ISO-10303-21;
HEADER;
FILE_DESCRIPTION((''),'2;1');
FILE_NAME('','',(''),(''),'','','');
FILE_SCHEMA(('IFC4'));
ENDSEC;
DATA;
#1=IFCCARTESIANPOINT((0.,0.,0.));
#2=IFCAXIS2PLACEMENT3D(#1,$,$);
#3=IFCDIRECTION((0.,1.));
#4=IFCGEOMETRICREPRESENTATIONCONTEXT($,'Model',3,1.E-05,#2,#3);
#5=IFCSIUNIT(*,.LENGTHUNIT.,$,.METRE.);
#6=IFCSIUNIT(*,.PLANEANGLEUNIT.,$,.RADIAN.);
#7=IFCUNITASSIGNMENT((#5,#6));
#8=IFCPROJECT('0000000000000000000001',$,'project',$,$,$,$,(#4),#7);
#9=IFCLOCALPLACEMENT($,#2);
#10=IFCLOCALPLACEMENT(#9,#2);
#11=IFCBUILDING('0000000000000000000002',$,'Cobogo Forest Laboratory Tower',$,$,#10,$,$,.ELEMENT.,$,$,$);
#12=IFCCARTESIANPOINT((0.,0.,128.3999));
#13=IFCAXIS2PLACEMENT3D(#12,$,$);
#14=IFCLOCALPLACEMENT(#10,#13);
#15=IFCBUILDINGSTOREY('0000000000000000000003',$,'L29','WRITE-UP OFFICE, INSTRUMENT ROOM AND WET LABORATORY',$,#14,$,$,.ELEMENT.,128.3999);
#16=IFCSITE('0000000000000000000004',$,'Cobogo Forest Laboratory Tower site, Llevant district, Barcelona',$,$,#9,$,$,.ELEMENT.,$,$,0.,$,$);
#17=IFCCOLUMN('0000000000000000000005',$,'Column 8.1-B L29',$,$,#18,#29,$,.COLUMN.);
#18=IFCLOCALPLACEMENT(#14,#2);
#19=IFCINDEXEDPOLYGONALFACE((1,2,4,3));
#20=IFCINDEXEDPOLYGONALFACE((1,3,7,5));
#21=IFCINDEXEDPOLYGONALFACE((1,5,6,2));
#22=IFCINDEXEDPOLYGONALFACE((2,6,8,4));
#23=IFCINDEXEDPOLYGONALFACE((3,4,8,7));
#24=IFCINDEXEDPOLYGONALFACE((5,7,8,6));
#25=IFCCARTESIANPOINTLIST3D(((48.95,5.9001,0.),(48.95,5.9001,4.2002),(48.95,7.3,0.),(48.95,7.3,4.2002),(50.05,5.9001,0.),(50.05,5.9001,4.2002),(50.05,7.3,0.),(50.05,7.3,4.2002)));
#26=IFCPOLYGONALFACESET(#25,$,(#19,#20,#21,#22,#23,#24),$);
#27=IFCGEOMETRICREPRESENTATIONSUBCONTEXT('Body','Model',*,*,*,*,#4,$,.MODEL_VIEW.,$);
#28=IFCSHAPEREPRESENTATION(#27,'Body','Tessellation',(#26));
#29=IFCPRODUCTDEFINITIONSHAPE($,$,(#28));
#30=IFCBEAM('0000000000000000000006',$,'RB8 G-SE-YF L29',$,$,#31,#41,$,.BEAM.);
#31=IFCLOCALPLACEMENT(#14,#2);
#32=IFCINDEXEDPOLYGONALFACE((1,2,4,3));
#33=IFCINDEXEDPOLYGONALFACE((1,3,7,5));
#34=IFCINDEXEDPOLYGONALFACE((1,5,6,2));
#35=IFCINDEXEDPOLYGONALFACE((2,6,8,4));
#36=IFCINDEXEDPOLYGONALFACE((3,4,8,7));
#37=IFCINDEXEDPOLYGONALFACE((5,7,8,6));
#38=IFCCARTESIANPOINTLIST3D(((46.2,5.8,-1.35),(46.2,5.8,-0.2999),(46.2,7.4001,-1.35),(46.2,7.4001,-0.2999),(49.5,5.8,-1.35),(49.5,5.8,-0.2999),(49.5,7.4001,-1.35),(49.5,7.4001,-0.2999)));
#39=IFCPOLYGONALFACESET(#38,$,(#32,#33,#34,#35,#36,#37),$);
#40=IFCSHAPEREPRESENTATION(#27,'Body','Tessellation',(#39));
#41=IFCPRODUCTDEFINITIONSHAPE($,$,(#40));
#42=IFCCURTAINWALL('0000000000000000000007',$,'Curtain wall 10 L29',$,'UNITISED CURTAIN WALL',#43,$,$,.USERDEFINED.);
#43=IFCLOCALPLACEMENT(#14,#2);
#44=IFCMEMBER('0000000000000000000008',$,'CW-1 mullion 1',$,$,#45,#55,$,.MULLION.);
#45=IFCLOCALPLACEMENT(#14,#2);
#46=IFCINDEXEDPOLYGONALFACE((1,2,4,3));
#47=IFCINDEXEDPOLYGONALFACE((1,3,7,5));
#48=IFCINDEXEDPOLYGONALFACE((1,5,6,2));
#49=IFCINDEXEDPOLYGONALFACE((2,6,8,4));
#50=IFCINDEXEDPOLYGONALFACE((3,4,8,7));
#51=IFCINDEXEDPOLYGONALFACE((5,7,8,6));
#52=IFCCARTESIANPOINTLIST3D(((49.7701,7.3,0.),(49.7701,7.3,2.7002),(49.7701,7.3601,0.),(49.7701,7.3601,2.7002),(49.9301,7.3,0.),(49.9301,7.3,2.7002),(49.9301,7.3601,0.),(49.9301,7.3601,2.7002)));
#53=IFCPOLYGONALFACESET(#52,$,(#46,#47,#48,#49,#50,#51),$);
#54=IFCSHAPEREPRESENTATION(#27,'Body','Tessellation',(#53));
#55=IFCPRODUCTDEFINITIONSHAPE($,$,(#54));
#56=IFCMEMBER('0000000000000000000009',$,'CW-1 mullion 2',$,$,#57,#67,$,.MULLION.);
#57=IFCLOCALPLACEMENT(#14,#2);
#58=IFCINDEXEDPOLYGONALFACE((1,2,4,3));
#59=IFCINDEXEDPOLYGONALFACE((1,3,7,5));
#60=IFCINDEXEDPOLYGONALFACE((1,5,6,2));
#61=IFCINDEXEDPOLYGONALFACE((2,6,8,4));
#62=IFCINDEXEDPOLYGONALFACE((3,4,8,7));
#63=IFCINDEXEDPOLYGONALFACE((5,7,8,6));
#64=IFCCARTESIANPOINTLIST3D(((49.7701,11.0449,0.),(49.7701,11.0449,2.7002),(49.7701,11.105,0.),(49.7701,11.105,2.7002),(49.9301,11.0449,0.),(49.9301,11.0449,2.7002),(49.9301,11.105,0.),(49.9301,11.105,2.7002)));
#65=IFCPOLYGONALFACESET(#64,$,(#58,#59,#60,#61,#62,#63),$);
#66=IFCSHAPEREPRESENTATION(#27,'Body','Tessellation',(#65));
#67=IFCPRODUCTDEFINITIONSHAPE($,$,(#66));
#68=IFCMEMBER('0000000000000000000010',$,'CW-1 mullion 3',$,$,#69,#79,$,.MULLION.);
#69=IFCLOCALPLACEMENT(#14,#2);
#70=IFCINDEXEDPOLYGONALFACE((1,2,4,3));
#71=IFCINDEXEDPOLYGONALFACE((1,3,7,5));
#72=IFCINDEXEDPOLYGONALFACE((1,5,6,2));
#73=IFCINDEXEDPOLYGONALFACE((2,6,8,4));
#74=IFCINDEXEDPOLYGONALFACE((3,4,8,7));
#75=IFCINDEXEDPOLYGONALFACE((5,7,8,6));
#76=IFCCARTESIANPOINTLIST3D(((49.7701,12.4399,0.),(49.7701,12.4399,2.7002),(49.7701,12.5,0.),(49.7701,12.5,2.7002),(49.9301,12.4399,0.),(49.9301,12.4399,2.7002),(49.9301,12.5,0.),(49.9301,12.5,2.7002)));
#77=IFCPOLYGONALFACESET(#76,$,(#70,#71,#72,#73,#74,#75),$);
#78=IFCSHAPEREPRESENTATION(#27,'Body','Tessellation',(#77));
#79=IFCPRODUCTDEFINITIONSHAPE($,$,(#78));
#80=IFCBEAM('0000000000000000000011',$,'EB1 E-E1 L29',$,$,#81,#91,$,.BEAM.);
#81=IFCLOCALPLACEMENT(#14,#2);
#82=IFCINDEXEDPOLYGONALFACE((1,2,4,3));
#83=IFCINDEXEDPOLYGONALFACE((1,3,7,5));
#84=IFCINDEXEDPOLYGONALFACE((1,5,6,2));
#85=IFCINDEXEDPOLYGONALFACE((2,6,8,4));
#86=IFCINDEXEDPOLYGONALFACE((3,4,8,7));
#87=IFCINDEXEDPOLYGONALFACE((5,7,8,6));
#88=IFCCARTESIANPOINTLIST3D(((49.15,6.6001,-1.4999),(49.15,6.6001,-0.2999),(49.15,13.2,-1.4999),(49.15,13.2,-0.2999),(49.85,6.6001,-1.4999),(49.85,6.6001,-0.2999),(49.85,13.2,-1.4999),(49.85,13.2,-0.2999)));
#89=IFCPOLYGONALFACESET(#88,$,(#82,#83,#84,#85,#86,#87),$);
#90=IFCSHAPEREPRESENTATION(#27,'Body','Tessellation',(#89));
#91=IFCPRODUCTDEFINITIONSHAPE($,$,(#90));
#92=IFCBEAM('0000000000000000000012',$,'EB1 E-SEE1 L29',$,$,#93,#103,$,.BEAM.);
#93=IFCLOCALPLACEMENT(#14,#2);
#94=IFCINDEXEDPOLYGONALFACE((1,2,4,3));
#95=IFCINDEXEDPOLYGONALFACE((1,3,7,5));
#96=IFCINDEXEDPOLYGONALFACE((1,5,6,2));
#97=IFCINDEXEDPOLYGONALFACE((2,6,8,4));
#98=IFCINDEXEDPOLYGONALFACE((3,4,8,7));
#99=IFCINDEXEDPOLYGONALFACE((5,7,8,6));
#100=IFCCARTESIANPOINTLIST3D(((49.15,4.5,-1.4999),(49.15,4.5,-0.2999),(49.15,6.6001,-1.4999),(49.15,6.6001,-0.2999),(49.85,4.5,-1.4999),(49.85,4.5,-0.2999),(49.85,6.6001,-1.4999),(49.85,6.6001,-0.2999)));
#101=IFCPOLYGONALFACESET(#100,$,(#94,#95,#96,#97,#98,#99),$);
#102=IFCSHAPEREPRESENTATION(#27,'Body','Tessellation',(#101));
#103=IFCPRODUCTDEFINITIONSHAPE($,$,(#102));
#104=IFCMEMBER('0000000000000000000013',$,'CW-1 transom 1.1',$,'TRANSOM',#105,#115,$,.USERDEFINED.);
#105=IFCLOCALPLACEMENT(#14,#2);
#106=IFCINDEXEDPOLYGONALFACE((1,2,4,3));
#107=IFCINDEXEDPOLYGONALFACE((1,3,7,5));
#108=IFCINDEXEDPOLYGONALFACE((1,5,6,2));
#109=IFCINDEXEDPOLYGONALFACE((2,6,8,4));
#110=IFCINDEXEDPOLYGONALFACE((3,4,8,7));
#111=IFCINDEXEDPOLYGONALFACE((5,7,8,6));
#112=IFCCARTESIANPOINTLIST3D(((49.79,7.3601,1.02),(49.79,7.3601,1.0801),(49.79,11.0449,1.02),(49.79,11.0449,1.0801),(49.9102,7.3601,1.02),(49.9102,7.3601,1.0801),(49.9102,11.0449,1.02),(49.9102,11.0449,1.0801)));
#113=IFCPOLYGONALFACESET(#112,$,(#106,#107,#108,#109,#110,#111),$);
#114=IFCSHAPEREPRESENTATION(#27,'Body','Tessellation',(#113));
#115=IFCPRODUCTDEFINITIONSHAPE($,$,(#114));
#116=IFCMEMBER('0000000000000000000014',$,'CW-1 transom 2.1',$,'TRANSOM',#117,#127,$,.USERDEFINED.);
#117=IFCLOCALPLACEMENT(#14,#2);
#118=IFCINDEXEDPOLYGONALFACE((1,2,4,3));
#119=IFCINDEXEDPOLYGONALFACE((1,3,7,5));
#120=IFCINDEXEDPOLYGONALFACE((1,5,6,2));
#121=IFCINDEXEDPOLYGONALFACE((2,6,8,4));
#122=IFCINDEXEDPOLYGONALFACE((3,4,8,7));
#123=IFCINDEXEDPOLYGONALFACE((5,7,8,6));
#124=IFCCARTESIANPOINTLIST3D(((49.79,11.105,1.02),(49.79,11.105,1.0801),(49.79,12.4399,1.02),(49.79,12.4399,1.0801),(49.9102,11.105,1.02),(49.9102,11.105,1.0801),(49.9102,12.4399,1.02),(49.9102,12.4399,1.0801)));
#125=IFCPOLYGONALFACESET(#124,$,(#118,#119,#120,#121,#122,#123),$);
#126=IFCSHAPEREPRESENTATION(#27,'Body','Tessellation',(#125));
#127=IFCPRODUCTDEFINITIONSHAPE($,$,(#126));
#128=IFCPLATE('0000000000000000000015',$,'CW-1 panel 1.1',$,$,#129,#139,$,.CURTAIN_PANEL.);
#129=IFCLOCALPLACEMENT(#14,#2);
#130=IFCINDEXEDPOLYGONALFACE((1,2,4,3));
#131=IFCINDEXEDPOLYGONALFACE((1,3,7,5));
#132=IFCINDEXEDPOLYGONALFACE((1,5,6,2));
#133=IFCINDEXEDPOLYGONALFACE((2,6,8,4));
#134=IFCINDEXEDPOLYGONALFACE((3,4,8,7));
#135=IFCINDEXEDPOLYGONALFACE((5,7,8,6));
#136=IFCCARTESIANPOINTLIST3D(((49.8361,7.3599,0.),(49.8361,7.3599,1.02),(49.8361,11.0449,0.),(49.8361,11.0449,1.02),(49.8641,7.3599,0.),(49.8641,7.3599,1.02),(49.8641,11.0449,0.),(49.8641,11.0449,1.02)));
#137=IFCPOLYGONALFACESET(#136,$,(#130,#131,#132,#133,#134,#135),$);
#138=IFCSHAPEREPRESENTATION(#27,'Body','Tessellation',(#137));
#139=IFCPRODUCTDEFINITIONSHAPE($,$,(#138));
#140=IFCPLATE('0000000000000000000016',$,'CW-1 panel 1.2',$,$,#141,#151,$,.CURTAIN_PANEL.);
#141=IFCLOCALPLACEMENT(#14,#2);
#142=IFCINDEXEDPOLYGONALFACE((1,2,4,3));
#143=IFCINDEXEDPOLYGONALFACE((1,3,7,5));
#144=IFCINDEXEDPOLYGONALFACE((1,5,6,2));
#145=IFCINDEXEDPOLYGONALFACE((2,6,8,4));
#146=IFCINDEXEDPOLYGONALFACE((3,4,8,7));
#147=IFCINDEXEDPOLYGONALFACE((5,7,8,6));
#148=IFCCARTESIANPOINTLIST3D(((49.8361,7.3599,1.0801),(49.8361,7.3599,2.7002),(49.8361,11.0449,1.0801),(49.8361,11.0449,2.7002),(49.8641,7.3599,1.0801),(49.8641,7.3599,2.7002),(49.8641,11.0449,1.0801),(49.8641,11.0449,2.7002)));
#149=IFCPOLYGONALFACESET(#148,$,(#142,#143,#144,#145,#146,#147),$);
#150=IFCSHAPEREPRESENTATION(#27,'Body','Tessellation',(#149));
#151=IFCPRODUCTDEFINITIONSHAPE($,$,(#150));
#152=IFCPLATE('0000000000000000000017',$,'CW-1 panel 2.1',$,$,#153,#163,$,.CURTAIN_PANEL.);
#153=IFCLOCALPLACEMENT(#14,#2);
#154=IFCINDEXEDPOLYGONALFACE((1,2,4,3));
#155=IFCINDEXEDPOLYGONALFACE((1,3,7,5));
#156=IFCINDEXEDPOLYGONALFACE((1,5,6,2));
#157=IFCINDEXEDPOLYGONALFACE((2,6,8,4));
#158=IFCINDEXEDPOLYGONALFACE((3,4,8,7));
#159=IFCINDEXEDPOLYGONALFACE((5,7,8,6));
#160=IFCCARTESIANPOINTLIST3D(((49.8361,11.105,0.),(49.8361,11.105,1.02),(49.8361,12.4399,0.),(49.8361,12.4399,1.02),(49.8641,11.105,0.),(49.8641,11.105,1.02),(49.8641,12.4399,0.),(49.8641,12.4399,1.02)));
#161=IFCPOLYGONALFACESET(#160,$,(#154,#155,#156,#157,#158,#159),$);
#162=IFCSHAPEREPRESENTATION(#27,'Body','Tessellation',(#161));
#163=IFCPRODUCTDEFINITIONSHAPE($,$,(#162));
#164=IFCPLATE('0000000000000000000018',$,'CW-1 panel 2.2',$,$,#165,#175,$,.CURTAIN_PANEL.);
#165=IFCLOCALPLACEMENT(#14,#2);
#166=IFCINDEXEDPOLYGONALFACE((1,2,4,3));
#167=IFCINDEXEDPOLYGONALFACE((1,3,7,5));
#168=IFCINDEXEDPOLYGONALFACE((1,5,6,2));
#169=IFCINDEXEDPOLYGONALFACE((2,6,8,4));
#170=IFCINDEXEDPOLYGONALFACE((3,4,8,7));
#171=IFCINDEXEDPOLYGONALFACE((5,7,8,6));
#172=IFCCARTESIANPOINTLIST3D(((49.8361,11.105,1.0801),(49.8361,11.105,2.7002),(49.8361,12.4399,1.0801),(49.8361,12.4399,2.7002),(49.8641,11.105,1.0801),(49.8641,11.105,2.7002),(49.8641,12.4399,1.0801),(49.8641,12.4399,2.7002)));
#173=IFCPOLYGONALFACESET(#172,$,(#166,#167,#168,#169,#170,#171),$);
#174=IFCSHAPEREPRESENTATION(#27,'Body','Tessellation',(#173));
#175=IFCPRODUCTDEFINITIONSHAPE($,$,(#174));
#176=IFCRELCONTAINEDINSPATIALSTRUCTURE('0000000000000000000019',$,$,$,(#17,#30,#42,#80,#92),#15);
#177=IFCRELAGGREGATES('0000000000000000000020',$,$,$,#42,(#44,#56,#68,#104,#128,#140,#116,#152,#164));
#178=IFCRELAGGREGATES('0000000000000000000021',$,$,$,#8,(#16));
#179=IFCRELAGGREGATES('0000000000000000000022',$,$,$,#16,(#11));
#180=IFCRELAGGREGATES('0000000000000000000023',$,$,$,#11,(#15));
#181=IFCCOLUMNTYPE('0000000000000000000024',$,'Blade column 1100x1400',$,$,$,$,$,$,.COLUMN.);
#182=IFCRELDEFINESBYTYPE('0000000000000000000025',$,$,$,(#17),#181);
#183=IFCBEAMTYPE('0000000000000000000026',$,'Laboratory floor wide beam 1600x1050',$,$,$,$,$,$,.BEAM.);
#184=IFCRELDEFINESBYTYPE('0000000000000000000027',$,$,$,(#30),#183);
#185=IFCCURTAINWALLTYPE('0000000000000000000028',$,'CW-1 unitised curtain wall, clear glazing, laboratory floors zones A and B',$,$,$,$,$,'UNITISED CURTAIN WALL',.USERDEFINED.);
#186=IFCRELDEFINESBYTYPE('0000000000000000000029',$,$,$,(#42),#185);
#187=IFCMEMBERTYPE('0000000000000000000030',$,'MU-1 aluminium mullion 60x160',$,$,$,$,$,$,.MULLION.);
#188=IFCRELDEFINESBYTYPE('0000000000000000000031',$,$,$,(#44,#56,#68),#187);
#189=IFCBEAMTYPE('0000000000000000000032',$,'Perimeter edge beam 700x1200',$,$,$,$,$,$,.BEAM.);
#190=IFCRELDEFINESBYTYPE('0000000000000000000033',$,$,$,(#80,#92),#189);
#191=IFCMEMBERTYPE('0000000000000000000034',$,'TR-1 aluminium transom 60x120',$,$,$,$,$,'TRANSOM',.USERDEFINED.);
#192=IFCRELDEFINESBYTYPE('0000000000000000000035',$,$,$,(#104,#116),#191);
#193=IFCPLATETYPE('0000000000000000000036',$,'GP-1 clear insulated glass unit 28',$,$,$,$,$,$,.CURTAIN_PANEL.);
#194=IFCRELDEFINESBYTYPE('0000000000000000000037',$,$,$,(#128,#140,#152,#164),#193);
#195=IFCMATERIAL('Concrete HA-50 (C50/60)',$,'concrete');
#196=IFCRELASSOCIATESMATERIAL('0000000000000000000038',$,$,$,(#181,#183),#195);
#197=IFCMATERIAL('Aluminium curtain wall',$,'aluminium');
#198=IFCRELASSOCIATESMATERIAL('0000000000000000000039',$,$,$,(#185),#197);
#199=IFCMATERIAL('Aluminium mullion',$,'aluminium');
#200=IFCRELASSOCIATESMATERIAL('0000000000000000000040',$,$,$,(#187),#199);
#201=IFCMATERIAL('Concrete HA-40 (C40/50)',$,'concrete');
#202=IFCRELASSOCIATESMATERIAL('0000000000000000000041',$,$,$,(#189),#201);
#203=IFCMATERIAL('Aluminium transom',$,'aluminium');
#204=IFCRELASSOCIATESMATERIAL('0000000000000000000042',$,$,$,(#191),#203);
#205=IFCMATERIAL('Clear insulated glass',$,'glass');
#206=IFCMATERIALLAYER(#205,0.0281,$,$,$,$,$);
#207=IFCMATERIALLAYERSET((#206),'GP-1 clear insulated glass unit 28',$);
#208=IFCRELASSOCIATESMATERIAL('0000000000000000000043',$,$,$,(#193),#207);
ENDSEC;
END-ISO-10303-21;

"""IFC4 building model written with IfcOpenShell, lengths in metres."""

from ifc_helpers import new_model, si_unit, direction, frame, origin, origin_2d, place, context, subcontext, project, spatial, rectangle, extrude, material, layer, layer_set, material_profile, profile_set, type_object, element, aggregate, save


model = new_model("IFC4")

# Units and contexts
model_context = context("Model", 3, precision=1e-05, world=origin(), true_north=direction((0.0, 1.0)))
body_context = subcontext(model_context, "Body", "Model", "MODEL_VIEW")
ifc_project = project(units=[si_unit("LENGTHUNIT", "METRE"), si_unit("PLANEANGLEUNIT", "RADIAN")], contexts=[model_context])

# Site, building, storey
site_placement = place(None, origin())
site = spatial("IfcSite", under=ifc_project, at=site_placement, Name="Cobogo Forest Laboratory Tower site, Llevant district, Barcelona", CompositionType="ELEMENT", RefElevation=0.0)
building_placement = place(site_placement, origin())
building = spatial("IfcBuilding", under=site, at=building_placement, Name="Cobogo Forest Laboratory Tower", CompositionType="ELEMENT")
storey_placement = place(building_placement, frame((0.0, 0.0, 128.3999)))
storey = spatial("IfcBuildingStorey", under=building, at=storey_placement, Name="L29", Description="WRITE-UP OFFICE, INSTRUMENT ROOM AND WET LABORATORY", CompositionType="ELEMENT", Elevation=128.3999)

# Column
ifc_material_1 = material(Name="Concrete HA-50 (C50/60)", Category="concrete")
ifc_material_profile_1 = material_profile(ifc_material_1, rectangle(XDim=1.3999, YDim=1.1001, at=origin_2d()), Name="RC 1100x1400")
ifc_profile_set_1 = profile_set([ifc_material_profile_1], Name="Concrete HA-50 (C50/60)")
column_type = type_object("IfcColumnType", Name="Blade column 1100x1400", PredefinedType="COLUMN", material=ifc_profile_set_1)
column_placement = place(storey_placement, frame((49.5, 6.6001, 0.0), z_axis=(0.0, 0.0, 1.0), x_axis=(0.0, 1.0, 0.0)))
element("IfcColumn", 1, at=column_placement, inside=storey, type_object=column_type, Name="Column 8.1-B L29", PredefinedType="COLUMN", context=body_context, shape_type="SweptSolid", body=[
    extrude(rectangle(XDim=1.3999, YDim=1.1001, at=origin_2d()), origin(), (0.0, 0.0, 1.0), 4.2002),
])

# Beam
ifc_material_profile_2 = material_profile(ifc_material_1, rectangle(XDim=1.6001, YDim=1.05, at=origin_2d()), Name="RC 1600x1050")
ifc_profile_set_2 = profile_set([ifc_material_profile_2], Name="Concrete HA-50 (C50/60)")
beam_type_1 = type_object("IfcBeamType", Name="Laboratory floor wide beam 1600x1050", PredefinedType="BEAM", material=ifc_profile_set_2)
beam_1_placement = place(storey_placement, frame((49.5, 6.6001, -0.825), z_axis=(-1.0, 0.0, 0.0), x_axis=(0.0, -1.0, 0.0)))
element("IfcBeam", 2, at=beam_1_placement, inside=storey, type_object=beam_type_1, Name="RB8 G-SE-YF L29", PredefinedType="BEAM", context=body_context, shape_type="SweptSolid", body=[
    extrude(rectangle(XDim=1.6001, YDim=1.05, at=origin_2d()), origin(), (0.0, 0.0, 1.0), 3.3),
])

# Curtain wall, members
ifc_material_2 = material(Name="Aluminium curtain wall", Category="aluminium")
curtain_wall_type = type_object("IfcCurtainWallType", Name="CW-1 unitised curtain wall, clear glazing, laboratory floors zones A and B", ElementType="UNITISED CURTAIN WALL", PredefinedType="USERDEFINED", material=ifc_material_2)
curtain_wall_placement = place(storey_placement, origin())
curtain_wall = element("IfcCurtainWall", 3, at=curtain_wall_placement, inside=storey, type_object=curtain_wall_type, Name="Curtain wall 10 L29", ObjectType="UNITISED CURTAIN WALL", PredefinedType="USERDEFINED")
ifc_material_3 = material(Name="Aluminium mullion", Category="aluminium")
ifc_material_profile_3 = material_profile(ifc_material_3, rectangle(XDim=0.0601, YDim=0.1599, at=origin_2d()), Name="AL 60x160")
ifc_profile_set_3 = profile_set([ifc_material_profile_3], Name="Aluminium mullion")
member_type_1 = type_object("IfcMemberType", Name="MU-1 aluminium mullion 60x160", PredefinedType="MULLION", material=ifc_profile_set_3)
member_1_placement = place(storey_placement, frame((49.8501, 7.3301, 0.0), z_axis=(0.0, 0.0, 1.0), x_axis=(0.0, 1.0, 0.0)))
member_1 = element("IfcMember", 4, at=member_1_placement, type_object=member_type_1, Name="CW-1 mullion 1", PredefinedType="MULLION", context=body_context, shape_type="SweptSolid", body=[
    extrude(rectangle(XDim=0.0601, YDim=0.1599, at=origin_2d()), origin(), (0.0, 0.0, 1.0), 2.7002),
])
member_2_placement = place(storey_placement, frame((49.8501, 11.075, 0.0), z_axis=(0.0, 0.0, 1.0), x_axis=(0.0, 1.0, 0.0)))
member_2 = element("IfcMember", 5, at=member_2_placement, type_object=member_type_1, Name="CW-1 mullion 2", PredefinedType="MULLION", context=body_context, shape_type="SweptSolid", body=[
    extrude(rectangle(XDim=0.0601, YDim=0.1599, at=origin_2d()), origin(), (0.0, 0.0, 1.0), 2.7002),
])
member_3_placement = place(storey_placement, frame((49.8501, 12.47, 0.0), z_axis=(0.0, 0.0, 1.0), x_axis=(0.0, 1.0, 0.0)))
member_3 = element("IfcMember", 6, at=member_3_placement, type_object=member_type_1, Name="CW-1 mullion 3", PredefinedType="MULLION", context=body_context, shape_type="SweptSolid", body=[
    extrude(rectangle(XDim=0.0601, YDim=0.1599, at=origin_2d()), origin(), (0.0, 0.0, 1.0), 2.7002),
])

# Beams
ifc_material_4 = material(Name="Concrete HA-40 (C40/50)", Category="concrete")
ifc_material_profile_4 = material_profile(ifc_material_4, rectangle(XDim=0.7, YDim=1.2, at=origin_2d()), Name="RC 700x1200")
ifc_profile_set_4 = profile_set([ifc_material_profile_4], Name="Concrete HA-40 (C40/50)")
beam_type_2 = type_object("IfcBeamType", Name="Perimeter edge beam 700x1200", PredefinedType="BEAM", material=ifc_profile_set_4)
beam_2_placement = place(storey_placement, frame((49.5, 6.6001, -0.8999), z_axis=(0.0, 1.0, 0.0), x_axis=(-1.0, 0.0, 0.0)))
element("IfcBeam", 7, at=beam_2_placement, inside=storey, type_object=beam_type_2, Name="EB1 E-E1 L29", PredefinedType="BEAM", context=body_context, shape_type="SweptSolid", body=[
    extrude(rectangle(XDim=0.7, YDim=1.2, at=origin_2d()), origin(), (0.0, 0.0, 1.0), 6.5999),
])
beam_3_placement = place(storey_placement, frame((49.5, 6.6001, -0.8999), z_axis=(0.0, -1.0, 0.0), x_axis=(1.0, 0.0, 0.0)))
element("IfcBeam", 8, at=beam_3_placement, inside=storey, type_object=beam_type_2, Name="EB1 E-SEE1 L29", PredefinedType="BEAM", context=body_context, shape_type="SweptSolid", body=[
    extrude(rectangle(XDim=0.7, YDim=1.2, at=origin_2d()), origin(), (0.0, 0.0, 1.0), 2.1001),
])

# Members
ifc_material_5 = material(Name="Aluminium transom", Category="aluminium")
ifc_material_profile_5 = material_profile(ifc_material_5, rectangle(XDim=0.1201, YDim=0.0601, at=origin_2d()), Name="AL 60x120")
ifc_profile_set_5 = profile_set([ifc_material_profile_5], Name="Aluminium transom")
member_type_2 = type_object("IfcMemberType", Name="TR-1 aluminium transom 60x120", ElementType="TRANSOM", PredefinedType="USERDEFINED", material=ifc_profile_set_5)
member_4_placement = place(storey_placement, frame((49.8501, 7.3601, 1.05), z_axis=(0.0, 1.0, 0.0), x_axis=(-1.0, 0.0, 0.0)))
member_4 = element("IfcMember", 9, at=member_4_placement, type_object=member_type_2, Name="CW-1 transom 1.1", ObjectType="TRANSOM", PredefinedType="USERDEFINED", context=body_context, shape_type="SweptSolid", body=[
    extrude(rectangle(XDim=0.1201, YDim=0.0601, at=origin_2d()), origin(), (0.0, 0.0, 1.0), 3.6848),
])
member_5_placement = place(storey_placement, frame((49.8501, 11.105, 1.05), z_axis=(0.0, 1.0, 0.0), x_axis=(-1.0, 0.0, 0.0)))
member_5 = element("IfcMember", 10, at=member_5_placement, type_object=member_type_2, Name="CW-1 transom 2.1", ObjectType="TRANSOM", PredefinedType="USERDEFINED", context=body_context, shape_type="SweptSolid", body=[
    extrude(rectangle(XDim=0.1201, YDim=0.0601, at=origin_2d()), origin(), (0.0, 0.0, 1.0), 1.335),
])

# Plates
ifc_material_6 = material(Name="Clear insulated glass", Category="glass")
ifc_layer_1 = layer(ifc_material_6, 0.0281)
ifc_layer_set_1 = layer_set([ifc_layer_1], Name="GP-1 clear insulated glass unit 28")
plate_type_1 = type_object("IfcPlateType", Name="GP-1 clear insulated glass unit 28", PredefinedType="CURTAIN_PANEL", material=ifc_layer_set_1)
plate_1_placement = place(storey_placement, frame((49.8501, 9.2024, 0.0), z_axis=(0.0, 0.0, 1.0), x_axis=(0.0, 1.0, 0.0)))
plate_1 = element("IfcPlate", 11, at=plate_1_placement, type_object=plate_type_1, Name="CW-1 panel 1.1", PredefinedType="CURTAIN_PANEL", context=body_context, shape_type="SweptSolid", body=[
    extrude(rectangle(XDim=3.6851, YDim=0.0281, at=origin_2d()), origin(), (0.0, 0.0, 1.0), 1.02),
])
plate_2_placement = place(storey_placement, frame((49.8501, 9.2024, 1.0801), z_axis=(0.0, 0.0, 1.0), x_axis=(0.0, 1.0, 0.0)))
plate_2 = element("IfcPlate", 12, at=plate_2_placement, type_object=plate_type_1, Name="CW-1 panel 1.2", PredefinedType="CURTAIN_PANEL", context=body_context, shape_type="SweptSolid", body=[
    extrude(rectangle(XDim=3.6851, YDim=0.0281, at=origin_2d()), origin(), (0.0, 0.0, 1.0), 1.6201),
])
plate_3_placement = place(storey_placement, frame((49.8501, 11.7725, 0.0), z_axis=(0.0, 0.0, 1.0), x_axis=(0.0, 1.0, 0.0)))
plate_3 = element("IfcPlate", 13, at=plate_3_placement, type_object=plate_type_1, Name="CW-1 panel 2.1", PredefinedType="CURTAIN_PANEL", context=body_context, shape_type="SweptSolid", body=[
    extrude(rectangle(XDim=1.335, YDim=0.0281, at=origin_2d()), origin(), (0.0, 0.0, 1.0), 1.02),
])
plate_4_placement = place(storey_placement, frame((49.8501, 11.7725, 1.0801), z_axis=(0.0, 0.0, 1.0), x_axis=(0.0, 1.0, 0.0)))
plate_4 = element("IfcPlate", 14, at=plate_4_placement, type_object=plate_type_1, Name="CW-1 panel 2.2", PredefinedType="CURTAIN_PANEL", context=body_context, shape_type="SweptSolid", body=[
    extrude(rectangle(XDim=1.335, YDim=0.0281, at=origin_2d()), origin(), (0.0, 0.0, 1.0), 1.6201),
])
aggregate(curtain_wall, [member_1, member_2, member_3, member_4, plate_1, plate_2, member_5, plate_3, plate_4])

save(model, "model.ifc")
